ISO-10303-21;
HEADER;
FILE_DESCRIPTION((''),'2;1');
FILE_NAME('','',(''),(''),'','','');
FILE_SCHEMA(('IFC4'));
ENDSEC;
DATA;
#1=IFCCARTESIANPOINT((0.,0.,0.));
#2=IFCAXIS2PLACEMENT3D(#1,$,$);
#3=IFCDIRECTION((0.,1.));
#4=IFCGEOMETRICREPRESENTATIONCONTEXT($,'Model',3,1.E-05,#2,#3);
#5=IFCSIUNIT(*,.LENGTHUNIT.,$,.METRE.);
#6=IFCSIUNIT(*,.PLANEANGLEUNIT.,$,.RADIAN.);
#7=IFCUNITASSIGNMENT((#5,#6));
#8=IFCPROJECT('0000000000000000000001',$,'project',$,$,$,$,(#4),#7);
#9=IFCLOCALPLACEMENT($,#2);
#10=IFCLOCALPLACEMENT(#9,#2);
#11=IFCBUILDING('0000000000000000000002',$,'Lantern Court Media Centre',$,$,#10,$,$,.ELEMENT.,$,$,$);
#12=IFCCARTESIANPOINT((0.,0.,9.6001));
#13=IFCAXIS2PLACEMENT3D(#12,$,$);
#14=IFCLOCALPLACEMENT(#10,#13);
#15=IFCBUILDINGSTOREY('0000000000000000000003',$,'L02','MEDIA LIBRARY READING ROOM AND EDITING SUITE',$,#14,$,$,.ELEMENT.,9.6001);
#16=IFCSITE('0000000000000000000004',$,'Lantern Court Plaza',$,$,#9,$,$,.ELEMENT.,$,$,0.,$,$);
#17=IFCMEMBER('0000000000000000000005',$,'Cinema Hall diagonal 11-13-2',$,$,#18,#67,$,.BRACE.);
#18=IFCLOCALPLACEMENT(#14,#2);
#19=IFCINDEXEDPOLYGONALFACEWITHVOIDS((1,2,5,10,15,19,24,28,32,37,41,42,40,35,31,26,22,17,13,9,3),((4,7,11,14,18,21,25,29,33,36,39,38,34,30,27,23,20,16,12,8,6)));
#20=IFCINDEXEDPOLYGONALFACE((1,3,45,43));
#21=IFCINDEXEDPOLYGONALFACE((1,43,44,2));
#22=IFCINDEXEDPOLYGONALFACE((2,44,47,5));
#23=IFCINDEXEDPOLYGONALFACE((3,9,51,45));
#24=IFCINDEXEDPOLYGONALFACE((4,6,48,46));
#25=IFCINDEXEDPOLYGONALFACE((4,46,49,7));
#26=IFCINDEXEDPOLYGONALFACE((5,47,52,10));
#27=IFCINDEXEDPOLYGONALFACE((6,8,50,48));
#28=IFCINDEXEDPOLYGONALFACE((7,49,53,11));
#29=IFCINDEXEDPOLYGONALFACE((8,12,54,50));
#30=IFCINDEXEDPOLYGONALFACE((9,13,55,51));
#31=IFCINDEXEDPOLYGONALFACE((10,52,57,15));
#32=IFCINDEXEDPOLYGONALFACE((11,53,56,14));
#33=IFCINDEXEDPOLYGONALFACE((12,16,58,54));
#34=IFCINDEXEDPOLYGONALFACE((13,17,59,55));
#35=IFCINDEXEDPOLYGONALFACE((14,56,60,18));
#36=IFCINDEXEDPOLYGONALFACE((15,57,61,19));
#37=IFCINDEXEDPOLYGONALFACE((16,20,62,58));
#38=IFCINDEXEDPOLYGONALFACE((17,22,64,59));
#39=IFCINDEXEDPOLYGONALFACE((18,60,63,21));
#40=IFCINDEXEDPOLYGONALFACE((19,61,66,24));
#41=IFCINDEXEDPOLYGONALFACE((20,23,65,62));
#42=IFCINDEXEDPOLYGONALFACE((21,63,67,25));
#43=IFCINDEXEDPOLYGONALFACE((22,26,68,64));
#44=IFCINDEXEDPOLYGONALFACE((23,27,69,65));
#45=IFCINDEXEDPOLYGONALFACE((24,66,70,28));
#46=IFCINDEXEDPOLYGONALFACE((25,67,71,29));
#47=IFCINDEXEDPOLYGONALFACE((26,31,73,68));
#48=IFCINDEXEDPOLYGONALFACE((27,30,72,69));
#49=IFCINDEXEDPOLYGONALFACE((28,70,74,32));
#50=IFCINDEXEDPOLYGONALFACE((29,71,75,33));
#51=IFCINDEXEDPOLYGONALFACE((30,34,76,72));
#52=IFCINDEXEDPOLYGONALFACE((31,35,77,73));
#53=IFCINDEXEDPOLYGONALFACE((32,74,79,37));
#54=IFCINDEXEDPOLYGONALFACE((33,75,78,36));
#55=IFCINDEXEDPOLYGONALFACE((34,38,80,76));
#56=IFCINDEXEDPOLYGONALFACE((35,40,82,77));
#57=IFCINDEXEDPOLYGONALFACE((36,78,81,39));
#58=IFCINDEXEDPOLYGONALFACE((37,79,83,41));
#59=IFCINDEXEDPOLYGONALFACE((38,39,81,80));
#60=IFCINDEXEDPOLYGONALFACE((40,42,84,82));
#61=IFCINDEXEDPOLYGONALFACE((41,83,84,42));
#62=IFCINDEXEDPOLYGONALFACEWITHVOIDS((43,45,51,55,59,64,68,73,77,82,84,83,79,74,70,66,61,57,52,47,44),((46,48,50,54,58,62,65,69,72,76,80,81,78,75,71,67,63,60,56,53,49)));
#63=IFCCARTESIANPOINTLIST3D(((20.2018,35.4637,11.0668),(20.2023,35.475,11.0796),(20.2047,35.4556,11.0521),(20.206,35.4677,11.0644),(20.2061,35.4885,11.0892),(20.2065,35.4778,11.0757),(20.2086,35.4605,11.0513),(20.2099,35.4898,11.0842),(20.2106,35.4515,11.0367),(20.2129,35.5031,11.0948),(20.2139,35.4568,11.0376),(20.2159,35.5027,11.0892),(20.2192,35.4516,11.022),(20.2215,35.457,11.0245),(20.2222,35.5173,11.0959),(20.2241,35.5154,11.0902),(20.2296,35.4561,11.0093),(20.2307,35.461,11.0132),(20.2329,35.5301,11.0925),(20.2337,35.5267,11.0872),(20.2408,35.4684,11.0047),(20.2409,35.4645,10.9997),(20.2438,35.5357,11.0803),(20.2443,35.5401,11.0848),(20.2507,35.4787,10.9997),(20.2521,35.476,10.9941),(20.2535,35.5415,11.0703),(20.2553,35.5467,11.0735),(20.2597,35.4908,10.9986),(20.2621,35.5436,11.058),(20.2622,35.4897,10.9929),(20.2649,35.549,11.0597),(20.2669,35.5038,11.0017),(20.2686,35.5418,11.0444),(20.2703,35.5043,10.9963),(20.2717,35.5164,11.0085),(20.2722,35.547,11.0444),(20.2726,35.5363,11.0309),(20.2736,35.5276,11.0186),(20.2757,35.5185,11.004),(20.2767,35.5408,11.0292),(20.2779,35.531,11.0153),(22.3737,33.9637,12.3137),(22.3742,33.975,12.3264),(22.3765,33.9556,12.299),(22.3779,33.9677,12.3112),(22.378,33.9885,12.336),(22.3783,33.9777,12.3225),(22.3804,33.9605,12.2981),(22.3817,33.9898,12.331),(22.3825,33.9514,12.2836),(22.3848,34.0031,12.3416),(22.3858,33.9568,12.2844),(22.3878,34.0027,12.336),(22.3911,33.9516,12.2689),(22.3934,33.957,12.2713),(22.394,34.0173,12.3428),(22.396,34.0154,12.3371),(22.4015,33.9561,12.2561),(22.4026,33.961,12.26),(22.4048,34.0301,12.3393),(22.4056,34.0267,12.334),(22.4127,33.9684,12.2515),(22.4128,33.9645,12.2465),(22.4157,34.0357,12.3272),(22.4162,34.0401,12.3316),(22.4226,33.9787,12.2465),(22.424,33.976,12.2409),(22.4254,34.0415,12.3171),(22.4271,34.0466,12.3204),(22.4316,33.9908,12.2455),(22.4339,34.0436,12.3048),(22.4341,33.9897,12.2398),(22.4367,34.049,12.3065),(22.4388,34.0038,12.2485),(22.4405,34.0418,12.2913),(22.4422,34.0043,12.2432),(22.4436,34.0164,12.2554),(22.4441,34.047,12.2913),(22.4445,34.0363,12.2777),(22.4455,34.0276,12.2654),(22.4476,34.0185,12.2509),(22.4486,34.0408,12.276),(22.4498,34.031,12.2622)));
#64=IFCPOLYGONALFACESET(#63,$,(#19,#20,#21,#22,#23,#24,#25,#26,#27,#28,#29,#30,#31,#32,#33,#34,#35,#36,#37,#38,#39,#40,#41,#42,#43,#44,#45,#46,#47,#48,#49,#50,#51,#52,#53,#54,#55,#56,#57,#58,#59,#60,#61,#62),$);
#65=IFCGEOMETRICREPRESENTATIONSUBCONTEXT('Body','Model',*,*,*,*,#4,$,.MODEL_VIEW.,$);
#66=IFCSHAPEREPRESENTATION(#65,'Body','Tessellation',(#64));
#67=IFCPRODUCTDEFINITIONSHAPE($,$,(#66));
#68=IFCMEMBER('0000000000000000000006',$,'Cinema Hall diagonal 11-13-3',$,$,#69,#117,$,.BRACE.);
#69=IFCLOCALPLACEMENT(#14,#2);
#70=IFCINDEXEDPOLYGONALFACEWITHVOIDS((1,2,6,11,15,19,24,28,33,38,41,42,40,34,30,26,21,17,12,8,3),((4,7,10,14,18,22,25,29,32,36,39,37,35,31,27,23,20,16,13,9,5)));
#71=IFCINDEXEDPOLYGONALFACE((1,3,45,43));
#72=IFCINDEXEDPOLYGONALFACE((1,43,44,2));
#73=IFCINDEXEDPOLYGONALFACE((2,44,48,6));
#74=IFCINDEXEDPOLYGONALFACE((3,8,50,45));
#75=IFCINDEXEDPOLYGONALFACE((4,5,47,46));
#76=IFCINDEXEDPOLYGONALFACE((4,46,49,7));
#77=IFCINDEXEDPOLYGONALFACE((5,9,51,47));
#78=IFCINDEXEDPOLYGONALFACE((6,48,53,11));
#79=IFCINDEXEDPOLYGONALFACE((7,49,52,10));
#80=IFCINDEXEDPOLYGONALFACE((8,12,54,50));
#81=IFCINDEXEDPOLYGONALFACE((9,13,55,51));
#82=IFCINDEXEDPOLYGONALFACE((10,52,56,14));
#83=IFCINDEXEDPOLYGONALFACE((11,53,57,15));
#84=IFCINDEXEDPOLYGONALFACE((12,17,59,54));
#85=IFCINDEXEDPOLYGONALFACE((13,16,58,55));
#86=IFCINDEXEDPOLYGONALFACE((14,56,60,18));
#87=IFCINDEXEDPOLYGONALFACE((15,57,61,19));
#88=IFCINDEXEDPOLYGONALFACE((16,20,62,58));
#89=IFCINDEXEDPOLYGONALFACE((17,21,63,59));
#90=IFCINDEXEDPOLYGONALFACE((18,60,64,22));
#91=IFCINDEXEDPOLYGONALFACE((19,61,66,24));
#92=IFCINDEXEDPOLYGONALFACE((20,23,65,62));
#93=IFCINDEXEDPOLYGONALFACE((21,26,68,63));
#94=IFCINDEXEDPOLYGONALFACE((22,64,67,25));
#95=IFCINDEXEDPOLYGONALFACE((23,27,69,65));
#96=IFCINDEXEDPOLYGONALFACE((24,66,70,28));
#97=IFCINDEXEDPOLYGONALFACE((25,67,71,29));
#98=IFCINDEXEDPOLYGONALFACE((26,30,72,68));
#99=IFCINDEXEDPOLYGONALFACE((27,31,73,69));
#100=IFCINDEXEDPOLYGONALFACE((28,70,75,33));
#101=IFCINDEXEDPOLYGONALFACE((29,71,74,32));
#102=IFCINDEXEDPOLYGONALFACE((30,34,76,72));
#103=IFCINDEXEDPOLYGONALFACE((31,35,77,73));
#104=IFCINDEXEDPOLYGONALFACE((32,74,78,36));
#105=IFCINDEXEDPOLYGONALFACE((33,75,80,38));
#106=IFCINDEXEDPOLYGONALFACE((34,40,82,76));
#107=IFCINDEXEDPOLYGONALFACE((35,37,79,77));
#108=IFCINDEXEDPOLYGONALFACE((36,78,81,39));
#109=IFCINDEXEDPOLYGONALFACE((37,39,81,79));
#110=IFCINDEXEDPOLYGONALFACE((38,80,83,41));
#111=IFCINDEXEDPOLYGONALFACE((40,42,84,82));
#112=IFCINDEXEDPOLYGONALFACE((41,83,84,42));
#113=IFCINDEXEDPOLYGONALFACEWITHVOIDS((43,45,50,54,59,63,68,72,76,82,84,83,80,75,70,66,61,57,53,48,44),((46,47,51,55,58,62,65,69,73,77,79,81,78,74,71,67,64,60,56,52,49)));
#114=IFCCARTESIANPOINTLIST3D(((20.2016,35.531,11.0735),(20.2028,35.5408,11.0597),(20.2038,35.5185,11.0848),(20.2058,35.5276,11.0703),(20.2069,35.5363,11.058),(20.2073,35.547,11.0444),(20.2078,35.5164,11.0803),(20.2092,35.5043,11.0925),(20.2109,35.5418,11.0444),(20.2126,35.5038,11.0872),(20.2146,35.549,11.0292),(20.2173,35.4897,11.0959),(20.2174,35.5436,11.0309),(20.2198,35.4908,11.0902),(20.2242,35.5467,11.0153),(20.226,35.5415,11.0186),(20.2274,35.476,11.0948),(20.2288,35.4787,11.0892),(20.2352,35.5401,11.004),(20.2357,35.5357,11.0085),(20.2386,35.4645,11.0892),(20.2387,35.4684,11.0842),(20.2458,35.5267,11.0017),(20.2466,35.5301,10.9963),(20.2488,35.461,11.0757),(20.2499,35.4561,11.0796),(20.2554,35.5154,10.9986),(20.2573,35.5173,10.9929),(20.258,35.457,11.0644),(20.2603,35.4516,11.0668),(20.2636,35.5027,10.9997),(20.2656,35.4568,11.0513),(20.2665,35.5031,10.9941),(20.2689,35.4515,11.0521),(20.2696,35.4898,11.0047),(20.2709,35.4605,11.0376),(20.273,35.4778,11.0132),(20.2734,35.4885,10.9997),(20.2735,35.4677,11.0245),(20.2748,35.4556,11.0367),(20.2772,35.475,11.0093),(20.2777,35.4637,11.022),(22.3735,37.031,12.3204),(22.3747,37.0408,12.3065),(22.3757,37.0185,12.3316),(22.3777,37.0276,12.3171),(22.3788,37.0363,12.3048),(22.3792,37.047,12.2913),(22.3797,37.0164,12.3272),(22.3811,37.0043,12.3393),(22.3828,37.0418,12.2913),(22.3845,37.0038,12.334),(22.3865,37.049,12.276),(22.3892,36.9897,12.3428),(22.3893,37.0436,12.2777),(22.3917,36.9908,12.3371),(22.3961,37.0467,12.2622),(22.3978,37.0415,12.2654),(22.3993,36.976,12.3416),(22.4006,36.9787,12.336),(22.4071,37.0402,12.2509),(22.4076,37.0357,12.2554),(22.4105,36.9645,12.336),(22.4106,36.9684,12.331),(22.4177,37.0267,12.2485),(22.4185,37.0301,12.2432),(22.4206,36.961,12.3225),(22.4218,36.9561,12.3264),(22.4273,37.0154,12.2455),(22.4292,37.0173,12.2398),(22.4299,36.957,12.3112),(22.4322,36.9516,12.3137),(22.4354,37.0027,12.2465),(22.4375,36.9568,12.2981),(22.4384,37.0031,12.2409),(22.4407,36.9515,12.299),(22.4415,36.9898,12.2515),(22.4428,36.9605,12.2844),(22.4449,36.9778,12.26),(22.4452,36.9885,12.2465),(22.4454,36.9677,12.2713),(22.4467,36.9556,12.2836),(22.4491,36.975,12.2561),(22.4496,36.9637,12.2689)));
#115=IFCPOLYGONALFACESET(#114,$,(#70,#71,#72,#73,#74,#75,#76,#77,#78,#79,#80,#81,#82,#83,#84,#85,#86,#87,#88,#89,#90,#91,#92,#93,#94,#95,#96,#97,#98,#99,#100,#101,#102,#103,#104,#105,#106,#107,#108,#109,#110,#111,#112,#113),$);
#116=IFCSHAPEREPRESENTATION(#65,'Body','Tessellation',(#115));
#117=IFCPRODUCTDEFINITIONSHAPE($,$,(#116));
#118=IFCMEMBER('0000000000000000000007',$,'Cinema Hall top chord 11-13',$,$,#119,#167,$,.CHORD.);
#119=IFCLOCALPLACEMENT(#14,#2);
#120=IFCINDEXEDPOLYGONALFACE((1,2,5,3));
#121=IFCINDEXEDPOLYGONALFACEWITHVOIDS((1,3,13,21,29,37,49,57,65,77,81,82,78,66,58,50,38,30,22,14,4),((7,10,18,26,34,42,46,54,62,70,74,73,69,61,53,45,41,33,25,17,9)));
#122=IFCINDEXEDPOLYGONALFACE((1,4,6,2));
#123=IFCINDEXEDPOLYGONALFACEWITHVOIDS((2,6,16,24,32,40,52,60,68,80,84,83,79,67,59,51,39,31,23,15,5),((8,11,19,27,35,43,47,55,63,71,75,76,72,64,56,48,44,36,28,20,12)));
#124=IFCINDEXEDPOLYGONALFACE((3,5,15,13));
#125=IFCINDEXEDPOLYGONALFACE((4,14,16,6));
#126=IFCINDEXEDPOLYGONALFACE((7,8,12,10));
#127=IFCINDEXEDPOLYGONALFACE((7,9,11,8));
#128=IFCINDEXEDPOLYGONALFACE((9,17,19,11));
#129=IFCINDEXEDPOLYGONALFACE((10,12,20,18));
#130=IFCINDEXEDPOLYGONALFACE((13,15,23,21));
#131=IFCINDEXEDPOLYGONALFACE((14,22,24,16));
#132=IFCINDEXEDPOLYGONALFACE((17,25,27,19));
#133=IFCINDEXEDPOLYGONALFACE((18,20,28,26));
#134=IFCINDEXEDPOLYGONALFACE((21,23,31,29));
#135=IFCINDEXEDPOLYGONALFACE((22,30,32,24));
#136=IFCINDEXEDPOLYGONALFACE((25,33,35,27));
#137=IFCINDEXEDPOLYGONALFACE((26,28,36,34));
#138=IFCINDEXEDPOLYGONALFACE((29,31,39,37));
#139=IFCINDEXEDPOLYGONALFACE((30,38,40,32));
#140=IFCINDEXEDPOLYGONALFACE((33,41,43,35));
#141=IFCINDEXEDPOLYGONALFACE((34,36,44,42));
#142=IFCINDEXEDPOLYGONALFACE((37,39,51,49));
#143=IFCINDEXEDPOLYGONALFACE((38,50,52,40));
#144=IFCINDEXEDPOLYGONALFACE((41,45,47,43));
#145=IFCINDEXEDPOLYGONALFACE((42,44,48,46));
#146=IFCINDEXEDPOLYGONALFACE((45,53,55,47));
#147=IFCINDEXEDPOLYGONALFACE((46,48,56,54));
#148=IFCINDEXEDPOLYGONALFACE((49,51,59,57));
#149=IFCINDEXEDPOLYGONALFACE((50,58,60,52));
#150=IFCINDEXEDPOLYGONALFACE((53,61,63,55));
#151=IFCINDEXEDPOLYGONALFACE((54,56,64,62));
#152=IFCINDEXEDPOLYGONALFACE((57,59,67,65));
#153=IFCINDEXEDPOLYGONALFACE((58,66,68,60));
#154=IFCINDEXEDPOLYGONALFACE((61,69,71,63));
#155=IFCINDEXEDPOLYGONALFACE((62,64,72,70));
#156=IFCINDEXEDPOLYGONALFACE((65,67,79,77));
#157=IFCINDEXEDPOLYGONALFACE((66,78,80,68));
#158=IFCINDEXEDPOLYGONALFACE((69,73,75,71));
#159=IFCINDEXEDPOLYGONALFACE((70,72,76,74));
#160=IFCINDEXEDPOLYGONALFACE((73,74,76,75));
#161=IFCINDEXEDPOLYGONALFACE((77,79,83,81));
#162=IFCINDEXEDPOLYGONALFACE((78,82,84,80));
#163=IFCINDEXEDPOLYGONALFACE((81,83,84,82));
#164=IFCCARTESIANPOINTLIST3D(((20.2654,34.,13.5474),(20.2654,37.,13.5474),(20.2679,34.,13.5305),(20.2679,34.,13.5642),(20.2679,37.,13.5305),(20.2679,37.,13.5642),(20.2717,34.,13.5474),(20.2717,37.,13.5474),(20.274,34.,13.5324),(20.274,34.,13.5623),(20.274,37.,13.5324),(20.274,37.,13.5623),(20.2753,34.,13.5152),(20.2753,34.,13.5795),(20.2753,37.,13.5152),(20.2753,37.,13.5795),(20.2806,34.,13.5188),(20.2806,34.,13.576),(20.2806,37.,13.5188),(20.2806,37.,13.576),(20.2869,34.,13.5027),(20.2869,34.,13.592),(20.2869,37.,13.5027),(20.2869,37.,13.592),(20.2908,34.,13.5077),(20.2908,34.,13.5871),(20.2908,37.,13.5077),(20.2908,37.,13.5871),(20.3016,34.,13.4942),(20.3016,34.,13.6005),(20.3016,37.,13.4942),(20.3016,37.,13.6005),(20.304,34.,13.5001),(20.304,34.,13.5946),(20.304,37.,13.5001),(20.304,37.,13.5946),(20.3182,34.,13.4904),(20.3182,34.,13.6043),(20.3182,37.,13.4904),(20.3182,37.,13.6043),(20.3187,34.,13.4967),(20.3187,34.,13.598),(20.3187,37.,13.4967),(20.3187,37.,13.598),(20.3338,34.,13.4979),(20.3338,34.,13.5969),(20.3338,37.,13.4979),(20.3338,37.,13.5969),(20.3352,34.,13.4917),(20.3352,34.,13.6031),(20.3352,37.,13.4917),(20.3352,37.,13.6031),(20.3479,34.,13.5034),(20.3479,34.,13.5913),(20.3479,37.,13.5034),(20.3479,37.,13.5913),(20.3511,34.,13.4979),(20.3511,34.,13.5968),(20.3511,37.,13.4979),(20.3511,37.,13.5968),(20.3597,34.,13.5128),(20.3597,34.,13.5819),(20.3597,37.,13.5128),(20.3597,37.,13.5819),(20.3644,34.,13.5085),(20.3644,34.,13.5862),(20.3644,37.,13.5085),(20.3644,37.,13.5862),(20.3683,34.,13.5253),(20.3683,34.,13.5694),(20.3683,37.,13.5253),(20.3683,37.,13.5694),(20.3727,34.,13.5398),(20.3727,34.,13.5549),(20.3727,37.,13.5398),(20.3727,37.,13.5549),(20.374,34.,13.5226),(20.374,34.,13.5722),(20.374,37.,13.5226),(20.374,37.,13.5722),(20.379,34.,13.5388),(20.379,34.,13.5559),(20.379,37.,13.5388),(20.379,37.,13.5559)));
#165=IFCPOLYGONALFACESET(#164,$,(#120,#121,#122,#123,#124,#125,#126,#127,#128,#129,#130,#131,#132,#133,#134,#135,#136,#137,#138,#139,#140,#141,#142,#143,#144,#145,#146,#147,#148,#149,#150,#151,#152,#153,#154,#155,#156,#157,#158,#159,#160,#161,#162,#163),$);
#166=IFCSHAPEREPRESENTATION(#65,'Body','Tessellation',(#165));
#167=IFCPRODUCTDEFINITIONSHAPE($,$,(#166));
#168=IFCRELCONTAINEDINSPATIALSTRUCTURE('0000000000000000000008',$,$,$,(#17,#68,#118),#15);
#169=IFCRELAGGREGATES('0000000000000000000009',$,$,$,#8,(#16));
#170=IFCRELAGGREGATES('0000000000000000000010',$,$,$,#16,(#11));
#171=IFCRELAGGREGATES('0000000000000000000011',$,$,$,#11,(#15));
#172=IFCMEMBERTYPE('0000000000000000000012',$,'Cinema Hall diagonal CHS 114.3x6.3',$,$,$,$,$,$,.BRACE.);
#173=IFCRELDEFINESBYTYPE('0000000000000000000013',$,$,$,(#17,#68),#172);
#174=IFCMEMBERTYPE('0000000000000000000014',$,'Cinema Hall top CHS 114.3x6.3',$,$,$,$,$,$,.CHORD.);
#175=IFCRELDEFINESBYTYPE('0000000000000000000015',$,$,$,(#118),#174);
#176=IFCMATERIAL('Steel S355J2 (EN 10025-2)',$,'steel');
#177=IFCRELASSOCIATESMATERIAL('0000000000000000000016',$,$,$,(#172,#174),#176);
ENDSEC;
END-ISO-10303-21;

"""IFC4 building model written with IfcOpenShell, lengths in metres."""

from ifc_helpers import new_model, si_unit, direction, frame, origin, origin_2d, place, context, subcontext, project, spatial, hollow_circle, extrude, material, material_profile, profile_set, type_object, element, save


model = new_model("IFC4")

# Units and contexts
model_context = context("Model", 3, precision=1e-05, world=origin(), true_north=direction((0.0, 1.0)))
body_context = subcontext(model_context, "Body", "Model", "MODEL_VIEW")
ifc_project = project(units=[si_unit("LENGTHUNIT", "METRE"), si_unit("PLANEANGLEUNIT", "RADIAN")], contexts=[model_context])

# Site, building, storey
site_placement = place(None, origin())
site = spatial("IfcSite", under=ifc_project, at=site_placement, Name="Lantern Court Plaza", CompositionType="ELEMENT", RefElevation=0.0)
building_placement = place(site_placement, origin())
building = spatial("IfcBuilding", under=site, at=building_placement, Name="Lantern Court Media Centre", CompositionType="ELEMENT")
storey_placement = place(building_placement, frame((0.0, 0.0, 9.6001)))
storey = spatial("IfcBuildingStorey", under=building, at=storey_placement, Name="L02", Description="MEDIA LIBRARY READING ROOM AND EDITING SUITE", CompositionType="ELEMENT", Elevation=9.6001)

# Members
ifc_material = material(Name="Steel S355J2 (EN 10025-2)", Category="steel")
ifc_material_profile_1 = material_profile(ifc_material, hollow_circle(Radius=0.0571, WallThickness=0.0063, at=origin_2d()), Name="Cinema Hall diagonal CHS 114.3x6.3")
ifc_profile_set_1 = profile_set([ifc_material_profile_1], Name="Steel S355J2 (EN 10025-2)")
member_type_1 = type_object("IfcMemberType", Name="Cinema Hall diagonal CHS 114.3x6.3", PredefinedType="BRACE", material=ifc_profile_set_1)
for number, where, z_axis, x_axis, name in (
    (1, (20.2397, 35.5, 11.0444), (0.744002, -0.513843, 0.427115), (0.568286, 0.822831, 0.0), "Cinema Hall diagonal 11-13-2"),
    (2, (20.2397, 35.5, 11.0444), (0.744002, 0.513843, 0.427115), (-0.568286, 0.822831, 0.0), "Cinema Hall diagonal 11-13-3"),
):
    element("IfcMember", number, at=place(storey_placement, frame(where, z_axis=z_axis, x_axis=x_axis)), inside=storey, type_object=member_type_1, Name=name, PredefinedType="BRACE", context=body_context, shape_type="SweptSolid", body=[
        extrude(hollow_circle(Radius=0.0571, WallThickness=0.0063, at=origin_2d()), origin(), (0.0, 0.0, 1.0), 2.9192),
    ])
ifc_material_profile_2 = material_profile(ifc_material, hollow_circle(Radius=0.0571, WallThickness=0.0063, at=origin_2d()), Name="Cinema Hall top CHS 114.3x6.3")
ifc_profile_set_2 = profile_set([ifc_material_profile_2], Name="Steel S355J2 (EN 10025-2)")
member_type_2 = type_object("IfcMemberType", Name="Cinema Hall top CHS 114.3x6.3", PredefinedType="CHORD", material=ifc_profile_set_2)
member_1_placement = place(storey_placement, frame((20.3225, 34.0, 13.5474), z_axis=(0.0, 1.0, 0.0), x_axis=(-1.0, 0.0, 0.0)))
element("IfcMember", 3, at=member_1_placement, inside=storey, type_object=member_type_2, Name="Cinema Hall top chord 11-13", PredefinedType="CHORD", context=body_context, shape_type="SweptSolid", body=[
    extrude(hollow_circle(Radius=0.0571, WallThickness=0.0063, at=origin_2d()), origin(), (0.0, 0.0, 1.0), 3.0),
])

save(model, "model.ifc")
